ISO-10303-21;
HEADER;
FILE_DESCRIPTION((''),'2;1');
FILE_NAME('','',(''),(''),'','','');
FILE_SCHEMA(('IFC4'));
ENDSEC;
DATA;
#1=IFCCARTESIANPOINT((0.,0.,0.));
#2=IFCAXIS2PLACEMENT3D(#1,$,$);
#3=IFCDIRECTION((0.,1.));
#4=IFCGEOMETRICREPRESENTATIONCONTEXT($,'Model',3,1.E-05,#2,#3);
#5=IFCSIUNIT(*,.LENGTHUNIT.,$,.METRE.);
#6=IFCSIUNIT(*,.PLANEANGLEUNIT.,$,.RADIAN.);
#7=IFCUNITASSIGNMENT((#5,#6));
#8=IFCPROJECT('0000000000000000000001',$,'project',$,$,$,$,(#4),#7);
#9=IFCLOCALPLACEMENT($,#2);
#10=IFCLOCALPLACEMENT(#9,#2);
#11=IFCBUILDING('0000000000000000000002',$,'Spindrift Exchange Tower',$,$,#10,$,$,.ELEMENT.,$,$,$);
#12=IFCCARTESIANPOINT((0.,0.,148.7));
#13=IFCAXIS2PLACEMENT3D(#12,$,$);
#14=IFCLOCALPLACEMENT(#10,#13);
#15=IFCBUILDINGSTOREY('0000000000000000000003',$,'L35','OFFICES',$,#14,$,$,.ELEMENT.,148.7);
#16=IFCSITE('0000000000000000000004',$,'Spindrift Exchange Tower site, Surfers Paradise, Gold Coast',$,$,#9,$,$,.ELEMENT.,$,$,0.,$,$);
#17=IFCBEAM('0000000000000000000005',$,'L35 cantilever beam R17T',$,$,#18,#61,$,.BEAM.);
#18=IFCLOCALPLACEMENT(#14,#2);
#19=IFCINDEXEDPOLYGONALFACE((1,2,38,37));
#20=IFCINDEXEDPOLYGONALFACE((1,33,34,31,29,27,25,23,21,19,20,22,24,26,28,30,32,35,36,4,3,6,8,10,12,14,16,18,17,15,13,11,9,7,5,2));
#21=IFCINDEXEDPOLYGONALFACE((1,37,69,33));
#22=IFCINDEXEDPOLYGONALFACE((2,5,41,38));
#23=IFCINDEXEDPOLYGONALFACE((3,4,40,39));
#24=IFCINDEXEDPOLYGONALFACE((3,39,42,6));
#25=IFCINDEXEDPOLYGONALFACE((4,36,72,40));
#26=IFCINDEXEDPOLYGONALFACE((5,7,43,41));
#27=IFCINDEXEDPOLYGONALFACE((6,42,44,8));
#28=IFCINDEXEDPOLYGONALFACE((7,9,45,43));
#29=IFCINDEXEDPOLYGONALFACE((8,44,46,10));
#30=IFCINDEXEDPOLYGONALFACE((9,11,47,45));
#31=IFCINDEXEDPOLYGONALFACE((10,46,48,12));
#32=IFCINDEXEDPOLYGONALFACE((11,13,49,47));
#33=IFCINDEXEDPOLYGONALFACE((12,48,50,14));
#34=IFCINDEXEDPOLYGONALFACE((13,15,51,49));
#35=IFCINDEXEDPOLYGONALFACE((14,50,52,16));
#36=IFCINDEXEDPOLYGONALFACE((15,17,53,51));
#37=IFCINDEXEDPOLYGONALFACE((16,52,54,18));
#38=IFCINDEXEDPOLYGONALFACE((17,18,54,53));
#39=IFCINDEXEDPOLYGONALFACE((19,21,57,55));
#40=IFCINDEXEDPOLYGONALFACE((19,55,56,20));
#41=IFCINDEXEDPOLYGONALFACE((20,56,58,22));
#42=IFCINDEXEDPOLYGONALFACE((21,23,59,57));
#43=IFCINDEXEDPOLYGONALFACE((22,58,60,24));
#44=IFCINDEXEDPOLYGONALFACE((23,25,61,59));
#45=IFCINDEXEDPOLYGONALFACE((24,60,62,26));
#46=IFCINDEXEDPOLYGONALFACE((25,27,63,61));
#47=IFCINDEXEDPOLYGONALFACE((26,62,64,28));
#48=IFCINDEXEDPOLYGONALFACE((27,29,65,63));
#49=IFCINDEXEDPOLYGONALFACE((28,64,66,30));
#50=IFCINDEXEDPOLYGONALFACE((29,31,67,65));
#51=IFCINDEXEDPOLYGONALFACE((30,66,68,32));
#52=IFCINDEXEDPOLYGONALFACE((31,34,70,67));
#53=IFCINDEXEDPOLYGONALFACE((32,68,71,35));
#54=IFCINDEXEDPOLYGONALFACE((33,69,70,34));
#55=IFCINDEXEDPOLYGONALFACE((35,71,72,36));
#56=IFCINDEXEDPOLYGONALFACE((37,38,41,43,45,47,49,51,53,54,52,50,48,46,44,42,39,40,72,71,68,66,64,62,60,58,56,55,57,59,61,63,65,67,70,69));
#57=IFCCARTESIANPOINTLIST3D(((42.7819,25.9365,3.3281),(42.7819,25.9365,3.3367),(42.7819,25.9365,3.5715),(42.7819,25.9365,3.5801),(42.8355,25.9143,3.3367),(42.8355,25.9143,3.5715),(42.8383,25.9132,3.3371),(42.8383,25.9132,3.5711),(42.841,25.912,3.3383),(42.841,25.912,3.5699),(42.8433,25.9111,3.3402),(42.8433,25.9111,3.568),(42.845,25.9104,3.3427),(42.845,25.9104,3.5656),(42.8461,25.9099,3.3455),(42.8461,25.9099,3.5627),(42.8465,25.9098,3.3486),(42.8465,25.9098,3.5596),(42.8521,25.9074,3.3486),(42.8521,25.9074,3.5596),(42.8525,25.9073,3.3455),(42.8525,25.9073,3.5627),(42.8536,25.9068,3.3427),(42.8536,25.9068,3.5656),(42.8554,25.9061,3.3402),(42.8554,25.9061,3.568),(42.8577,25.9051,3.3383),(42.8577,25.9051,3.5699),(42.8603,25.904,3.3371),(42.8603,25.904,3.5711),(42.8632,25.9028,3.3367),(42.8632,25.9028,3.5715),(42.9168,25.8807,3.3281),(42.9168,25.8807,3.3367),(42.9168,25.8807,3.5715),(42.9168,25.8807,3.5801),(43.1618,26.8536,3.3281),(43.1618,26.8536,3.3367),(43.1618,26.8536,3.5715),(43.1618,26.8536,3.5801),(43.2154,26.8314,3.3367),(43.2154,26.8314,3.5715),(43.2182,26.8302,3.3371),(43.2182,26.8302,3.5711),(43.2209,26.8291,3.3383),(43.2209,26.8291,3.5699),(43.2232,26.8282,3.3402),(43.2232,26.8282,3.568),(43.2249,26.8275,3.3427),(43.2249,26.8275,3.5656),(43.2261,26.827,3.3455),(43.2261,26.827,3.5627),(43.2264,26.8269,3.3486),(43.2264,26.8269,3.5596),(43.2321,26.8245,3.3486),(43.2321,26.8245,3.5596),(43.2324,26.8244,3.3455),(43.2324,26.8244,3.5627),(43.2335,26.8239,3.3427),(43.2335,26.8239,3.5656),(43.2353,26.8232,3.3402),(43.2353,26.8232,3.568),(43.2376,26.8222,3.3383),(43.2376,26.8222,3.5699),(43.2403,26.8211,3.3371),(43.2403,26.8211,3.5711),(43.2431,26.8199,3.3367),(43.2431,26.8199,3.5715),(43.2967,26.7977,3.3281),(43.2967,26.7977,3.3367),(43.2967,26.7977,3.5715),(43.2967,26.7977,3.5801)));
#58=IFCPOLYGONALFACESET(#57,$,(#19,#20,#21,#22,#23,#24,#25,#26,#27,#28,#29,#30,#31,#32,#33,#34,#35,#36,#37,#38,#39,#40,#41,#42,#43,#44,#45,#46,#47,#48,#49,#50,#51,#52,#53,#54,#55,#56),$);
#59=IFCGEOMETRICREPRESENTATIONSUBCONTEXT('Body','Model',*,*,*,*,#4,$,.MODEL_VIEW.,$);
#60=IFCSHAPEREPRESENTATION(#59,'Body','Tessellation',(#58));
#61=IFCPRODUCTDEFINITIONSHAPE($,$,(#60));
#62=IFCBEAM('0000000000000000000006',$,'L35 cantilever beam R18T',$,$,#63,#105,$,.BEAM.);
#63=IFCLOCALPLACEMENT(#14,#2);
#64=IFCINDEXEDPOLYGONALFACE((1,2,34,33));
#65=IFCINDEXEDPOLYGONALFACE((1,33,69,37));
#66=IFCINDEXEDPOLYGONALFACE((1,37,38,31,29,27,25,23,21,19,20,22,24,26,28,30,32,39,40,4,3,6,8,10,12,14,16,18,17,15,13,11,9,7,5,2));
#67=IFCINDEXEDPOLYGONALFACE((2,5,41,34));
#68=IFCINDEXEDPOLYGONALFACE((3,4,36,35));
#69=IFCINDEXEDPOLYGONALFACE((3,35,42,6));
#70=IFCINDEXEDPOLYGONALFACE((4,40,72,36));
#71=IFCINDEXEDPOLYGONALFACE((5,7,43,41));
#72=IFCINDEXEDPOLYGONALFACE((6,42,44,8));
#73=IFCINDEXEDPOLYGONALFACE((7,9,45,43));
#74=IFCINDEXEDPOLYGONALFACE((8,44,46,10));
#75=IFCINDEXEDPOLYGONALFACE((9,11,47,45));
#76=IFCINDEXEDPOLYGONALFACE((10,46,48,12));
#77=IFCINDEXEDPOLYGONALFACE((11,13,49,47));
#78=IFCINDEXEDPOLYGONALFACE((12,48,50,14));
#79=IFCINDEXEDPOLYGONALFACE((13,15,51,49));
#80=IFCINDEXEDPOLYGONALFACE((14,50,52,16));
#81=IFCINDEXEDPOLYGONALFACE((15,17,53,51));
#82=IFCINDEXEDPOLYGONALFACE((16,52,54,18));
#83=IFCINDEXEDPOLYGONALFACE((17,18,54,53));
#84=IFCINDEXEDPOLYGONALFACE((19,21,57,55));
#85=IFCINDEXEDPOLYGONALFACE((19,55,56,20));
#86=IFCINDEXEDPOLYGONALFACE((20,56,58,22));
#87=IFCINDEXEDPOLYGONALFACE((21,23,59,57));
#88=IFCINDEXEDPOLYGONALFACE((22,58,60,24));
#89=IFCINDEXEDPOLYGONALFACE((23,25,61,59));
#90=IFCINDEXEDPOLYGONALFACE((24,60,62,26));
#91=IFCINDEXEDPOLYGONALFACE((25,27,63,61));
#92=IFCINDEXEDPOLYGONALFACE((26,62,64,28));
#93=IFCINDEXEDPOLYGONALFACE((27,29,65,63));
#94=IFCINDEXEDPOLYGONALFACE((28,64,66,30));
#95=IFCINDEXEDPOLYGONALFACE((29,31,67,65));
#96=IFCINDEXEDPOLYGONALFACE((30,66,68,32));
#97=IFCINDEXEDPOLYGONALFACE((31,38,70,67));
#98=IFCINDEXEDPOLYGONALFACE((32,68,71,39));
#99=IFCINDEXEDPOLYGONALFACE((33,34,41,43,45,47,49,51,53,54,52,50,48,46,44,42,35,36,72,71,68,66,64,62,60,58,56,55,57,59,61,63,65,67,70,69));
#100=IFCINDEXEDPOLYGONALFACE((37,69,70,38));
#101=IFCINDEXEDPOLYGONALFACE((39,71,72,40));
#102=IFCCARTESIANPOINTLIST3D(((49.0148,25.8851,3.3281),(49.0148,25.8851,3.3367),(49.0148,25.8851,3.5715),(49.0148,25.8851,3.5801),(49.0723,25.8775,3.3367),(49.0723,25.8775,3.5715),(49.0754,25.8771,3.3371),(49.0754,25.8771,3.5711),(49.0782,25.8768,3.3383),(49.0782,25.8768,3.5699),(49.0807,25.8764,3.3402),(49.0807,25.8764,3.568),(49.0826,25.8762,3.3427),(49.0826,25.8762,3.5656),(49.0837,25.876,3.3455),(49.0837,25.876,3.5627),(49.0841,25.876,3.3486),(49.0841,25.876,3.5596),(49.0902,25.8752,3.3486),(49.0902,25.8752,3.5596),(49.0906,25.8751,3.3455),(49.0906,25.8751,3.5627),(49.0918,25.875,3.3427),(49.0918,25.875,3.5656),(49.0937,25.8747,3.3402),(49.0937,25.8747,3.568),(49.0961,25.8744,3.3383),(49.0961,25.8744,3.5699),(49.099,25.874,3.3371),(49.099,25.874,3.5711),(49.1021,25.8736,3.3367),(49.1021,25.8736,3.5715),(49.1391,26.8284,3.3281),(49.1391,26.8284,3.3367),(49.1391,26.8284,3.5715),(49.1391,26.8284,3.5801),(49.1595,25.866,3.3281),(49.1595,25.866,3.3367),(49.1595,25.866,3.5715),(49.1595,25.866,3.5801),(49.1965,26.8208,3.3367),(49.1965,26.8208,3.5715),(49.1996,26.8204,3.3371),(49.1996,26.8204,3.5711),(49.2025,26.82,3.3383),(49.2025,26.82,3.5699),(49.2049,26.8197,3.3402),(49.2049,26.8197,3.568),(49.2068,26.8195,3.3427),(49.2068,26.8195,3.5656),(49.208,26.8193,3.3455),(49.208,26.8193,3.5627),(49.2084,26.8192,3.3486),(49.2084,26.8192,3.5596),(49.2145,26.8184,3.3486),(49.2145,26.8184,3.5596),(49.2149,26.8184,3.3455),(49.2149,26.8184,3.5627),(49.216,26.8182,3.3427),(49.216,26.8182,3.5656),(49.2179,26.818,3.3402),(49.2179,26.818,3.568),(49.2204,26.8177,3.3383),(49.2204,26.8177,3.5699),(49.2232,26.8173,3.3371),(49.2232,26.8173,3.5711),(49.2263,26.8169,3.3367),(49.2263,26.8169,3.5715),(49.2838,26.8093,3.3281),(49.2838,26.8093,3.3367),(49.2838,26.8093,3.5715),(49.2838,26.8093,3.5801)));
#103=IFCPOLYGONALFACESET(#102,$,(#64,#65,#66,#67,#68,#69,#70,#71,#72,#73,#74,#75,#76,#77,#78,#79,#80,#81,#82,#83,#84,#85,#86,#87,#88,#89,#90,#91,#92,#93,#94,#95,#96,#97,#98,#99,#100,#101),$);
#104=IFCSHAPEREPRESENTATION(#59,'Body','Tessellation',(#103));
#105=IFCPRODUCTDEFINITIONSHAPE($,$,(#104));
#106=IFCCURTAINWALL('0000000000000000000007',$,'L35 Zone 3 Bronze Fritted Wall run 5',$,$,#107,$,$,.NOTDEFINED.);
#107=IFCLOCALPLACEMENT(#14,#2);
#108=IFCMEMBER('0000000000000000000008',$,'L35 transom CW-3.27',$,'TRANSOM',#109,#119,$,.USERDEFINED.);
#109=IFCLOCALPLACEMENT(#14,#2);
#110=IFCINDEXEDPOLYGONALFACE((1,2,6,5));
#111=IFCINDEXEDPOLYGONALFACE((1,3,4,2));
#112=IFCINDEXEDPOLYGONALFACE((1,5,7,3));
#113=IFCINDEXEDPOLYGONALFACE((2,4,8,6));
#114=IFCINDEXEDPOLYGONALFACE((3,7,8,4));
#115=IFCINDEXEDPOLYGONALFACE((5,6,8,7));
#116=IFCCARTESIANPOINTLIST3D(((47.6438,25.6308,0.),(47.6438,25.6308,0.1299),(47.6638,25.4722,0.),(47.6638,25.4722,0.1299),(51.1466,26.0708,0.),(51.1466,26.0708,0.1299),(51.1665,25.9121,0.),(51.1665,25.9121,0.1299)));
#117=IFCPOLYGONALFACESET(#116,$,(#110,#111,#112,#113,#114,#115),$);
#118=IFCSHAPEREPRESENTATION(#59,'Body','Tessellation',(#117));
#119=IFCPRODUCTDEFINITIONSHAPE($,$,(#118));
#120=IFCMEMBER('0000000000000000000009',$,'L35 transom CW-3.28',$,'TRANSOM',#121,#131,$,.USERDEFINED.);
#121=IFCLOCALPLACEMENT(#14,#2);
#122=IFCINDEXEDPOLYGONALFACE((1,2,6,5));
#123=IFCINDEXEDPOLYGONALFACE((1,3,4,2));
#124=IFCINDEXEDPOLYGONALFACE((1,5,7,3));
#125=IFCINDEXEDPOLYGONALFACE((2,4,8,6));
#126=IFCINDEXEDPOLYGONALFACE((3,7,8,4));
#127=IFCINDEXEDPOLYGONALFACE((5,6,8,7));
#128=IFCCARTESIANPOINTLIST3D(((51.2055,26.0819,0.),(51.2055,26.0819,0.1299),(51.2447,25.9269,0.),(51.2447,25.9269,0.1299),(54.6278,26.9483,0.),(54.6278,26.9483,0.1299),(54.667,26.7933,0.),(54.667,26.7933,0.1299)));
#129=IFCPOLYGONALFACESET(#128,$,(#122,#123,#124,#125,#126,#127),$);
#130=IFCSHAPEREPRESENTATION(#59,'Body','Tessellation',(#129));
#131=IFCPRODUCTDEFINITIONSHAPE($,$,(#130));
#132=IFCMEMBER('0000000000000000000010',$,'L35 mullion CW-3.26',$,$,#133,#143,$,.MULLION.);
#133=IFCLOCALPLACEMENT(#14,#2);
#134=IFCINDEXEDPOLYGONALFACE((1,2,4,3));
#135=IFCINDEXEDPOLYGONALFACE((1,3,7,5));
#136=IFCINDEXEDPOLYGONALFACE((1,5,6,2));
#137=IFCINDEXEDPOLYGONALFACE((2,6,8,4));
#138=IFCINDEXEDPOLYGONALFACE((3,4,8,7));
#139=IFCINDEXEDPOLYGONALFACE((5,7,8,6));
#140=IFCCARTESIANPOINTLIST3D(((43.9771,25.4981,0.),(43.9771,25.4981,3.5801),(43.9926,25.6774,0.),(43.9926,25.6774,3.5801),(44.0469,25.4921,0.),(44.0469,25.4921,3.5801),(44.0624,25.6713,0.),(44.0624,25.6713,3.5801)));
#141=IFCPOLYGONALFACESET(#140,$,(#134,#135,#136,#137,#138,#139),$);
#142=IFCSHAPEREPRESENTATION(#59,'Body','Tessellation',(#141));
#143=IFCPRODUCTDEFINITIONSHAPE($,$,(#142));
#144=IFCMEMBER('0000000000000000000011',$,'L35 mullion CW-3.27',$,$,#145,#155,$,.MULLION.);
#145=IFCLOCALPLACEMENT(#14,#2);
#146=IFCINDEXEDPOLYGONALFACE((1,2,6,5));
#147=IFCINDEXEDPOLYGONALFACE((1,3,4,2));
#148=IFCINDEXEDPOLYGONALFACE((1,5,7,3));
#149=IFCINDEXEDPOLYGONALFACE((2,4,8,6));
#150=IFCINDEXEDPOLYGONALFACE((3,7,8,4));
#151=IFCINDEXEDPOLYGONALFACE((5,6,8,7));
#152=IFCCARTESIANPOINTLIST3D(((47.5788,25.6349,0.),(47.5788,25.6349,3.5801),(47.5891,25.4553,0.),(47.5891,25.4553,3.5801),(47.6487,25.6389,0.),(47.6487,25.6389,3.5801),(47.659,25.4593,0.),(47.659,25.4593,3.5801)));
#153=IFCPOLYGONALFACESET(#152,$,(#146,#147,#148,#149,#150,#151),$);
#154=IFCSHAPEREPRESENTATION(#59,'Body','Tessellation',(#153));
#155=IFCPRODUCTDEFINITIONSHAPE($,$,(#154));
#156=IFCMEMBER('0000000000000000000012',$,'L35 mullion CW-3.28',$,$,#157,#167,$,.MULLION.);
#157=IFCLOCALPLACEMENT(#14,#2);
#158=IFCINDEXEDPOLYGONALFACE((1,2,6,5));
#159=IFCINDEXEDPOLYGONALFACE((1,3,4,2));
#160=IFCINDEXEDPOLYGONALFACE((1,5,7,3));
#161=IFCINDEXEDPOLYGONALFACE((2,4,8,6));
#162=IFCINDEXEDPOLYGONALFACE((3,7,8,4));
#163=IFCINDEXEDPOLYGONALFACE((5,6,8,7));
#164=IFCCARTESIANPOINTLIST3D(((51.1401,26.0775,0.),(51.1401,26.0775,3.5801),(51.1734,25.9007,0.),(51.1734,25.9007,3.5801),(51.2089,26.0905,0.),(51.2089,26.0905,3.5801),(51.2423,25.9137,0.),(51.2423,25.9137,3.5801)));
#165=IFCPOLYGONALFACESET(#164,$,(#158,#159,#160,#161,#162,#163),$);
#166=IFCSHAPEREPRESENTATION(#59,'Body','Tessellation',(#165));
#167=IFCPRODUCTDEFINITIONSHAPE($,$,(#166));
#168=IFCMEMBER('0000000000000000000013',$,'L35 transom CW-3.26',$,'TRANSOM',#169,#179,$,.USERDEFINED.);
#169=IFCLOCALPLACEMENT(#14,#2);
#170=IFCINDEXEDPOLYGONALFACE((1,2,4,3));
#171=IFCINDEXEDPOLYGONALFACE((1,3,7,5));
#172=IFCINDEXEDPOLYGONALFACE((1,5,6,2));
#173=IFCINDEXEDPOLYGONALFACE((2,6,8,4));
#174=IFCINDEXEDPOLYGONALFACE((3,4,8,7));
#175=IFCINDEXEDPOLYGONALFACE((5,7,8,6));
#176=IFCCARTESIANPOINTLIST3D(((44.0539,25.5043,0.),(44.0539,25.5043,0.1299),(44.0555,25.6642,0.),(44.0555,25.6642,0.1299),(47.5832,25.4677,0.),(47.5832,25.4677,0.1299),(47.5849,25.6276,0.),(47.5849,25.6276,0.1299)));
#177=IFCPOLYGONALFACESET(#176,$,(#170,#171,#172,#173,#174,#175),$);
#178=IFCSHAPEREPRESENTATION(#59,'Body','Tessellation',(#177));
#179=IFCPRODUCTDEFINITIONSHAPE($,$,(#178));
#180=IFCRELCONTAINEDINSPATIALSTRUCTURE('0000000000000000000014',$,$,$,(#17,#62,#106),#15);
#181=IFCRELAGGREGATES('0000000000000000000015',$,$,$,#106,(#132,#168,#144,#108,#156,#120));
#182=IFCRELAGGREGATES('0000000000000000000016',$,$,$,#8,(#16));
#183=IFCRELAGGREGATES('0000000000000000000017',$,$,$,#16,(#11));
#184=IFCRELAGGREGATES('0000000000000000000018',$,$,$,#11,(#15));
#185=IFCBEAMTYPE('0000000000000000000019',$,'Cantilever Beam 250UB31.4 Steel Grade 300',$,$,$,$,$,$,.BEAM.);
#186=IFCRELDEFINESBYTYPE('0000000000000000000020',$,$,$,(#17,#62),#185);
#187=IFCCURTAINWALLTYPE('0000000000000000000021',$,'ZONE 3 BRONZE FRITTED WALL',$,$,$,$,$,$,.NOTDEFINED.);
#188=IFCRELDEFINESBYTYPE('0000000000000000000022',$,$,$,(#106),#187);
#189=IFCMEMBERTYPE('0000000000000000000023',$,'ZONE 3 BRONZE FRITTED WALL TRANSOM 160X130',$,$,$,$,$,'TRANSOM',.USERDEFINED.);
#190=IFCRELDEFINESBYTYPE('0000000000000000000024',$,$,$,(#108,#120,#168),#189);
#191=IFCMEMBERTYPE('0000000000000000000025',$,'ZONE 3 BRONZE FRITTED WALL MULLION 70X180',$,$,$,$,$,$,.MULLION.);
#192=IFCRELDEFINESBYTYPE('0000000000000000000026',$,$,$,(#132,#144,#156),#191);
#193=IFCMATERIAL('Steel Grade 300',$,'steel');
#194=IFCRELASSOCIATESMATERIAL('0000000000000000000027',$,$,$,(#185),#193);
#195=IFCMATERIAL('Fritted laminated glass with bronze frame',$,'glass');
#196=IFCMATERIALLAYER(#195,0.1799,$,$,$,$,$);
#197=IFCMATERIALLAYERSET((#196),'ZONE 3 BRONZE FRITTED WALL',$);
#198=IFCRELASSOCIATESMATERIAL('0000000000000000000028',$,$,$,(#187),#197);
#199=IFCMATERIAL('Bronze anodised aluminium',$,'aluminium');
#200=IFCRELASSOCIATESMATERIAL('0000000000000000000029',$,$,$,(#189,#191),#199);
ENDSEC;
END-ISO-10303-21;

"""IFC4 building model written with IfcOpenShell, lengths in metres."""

from ifc_helpers import new_model, si_unit, direction, frame, origin, origin_2d, place, context, subcontext, project, spatial, rectangle, i_section, extrude, source, transform, mapped, material, layer, layer_set, material_profile, profile_set, type_object, element, aggregate, save


model = new_model("IFC4")

# Units and contexts
model_context = context("Model", 3, precision=1e-05, world=origin(), true_north=direction((0.0, 1.0)))
body_context = subcontext(model_context, "Body", "Model", "MODEL_VIEW")
ifc_project = project(units=[si_unit("LENGTHUNIT", "METRE"), si_unit("PLANEANGLEUNIT", "RADIAN")], contexts=[model_context])

# Site, building, storey
site_placement = place(None, origin())
site = spatial("IfcSite", under=ifc_project, at=site_placement, Name="Spindrift Exchange Tower site, Surfers Paradise, Gold Coast", CompositionType="ELEMENT", RefElevation=0.0)
building_placement = place(site_placement, origin())
building = spatial("IfcBuilding", under=site, at=building_placement, Name="Spindrift Exchange Tower", CompositionType="ELEMENT")
storey_placement = place(building_placement, frame((0.0, 0.0, 148.7)))
storey = spatial("IfcBuildingStorey", under=building, at=storey_placement, Name="L35", Description="OFFICES", CompositionType="ELEMENT", Elevation=148.7)

# Beams
ifc_material_1 = material(Name="Steel Grade 300", Category="steel")
ifc_material_profile_1 = material_profile(ifc_material_1, i_section(OverallWidth=0.146, OverallDepth=0.252, WebThickness=0.0061, FlangeThickness=0.0085, FilletRadius=0.012, at=origin_2d()), Name="250UB31.4")
ifc_profile_set_1 = profile_set([ifc_material_profile_1], Name="Steel Grade 300")
beam_type_1 = type_object("IfcBeamType", Name="Cantilever Beam 250UB31.4 Steel Grade 300", PredefinedType="BEAM", material=ifc_profile_set_1)
shared_shape_1 = source(origin(), body_context, "Body", "SweptSolid", [
    extrude(i_section(OverallWidth=0.146, OverallDepth=0.252, WebThickness=0.0061, FlangeThickness=0.0085, FilletRadius=0.012, at=origin_2d()), origin(), (0.0, 0.0, 1.0), 0.9927),
])
beam_1_placement = place(storey_placement, frame((43.2292, 26.8257, 3.4541), z_axis=(-0.382728, -0.923861, 0.0), x_axis=(0.923861, -0.382728, 0.0)))
element("IfcBeam", 1, at=beam_1_placement, inside=storey, type_object=beam_type_1, Name="L35 cantilever beam R17T", PredefinedType="BEAM", context=body_context, shape_type="MappedRepresentation", body=[
    mapped(shared_shape_1, transform((0.0, 0.0, 0.0), scale=1.0)),
])
shared_shape_2 = source(origin(), body_context, "Body", "SweptSolid", [
    extrude(i_section(OverallWidth=0.146, OverallDepth=0.252, WebThickness=0.0061, FlangeThickness=0.0085, FilletRadius=0.012, at=origin_2d()), origin(), (0.0, 0.0, 1.0), 0.9514),
])
beam_2_placement = place(storey_placement, frame((49.2114, 26.8188, 3.4541), z_axis=(-0.130601, -0.991435, 0.0), x_axis=(0.991435, -0.130601, 0.0)))
element("IfcBeam", 2, at=beam_2_placement, inside=storey, type_object=beam_type_1, Name="L35 cantilever beam R18T", PredefinedType="BEAM", context=body_context, shape_type="MappedRepresentation", body=[
    mapped(shared_shape_2, transform((0.0, 0.0, 0.0), scale=1.0)),
])

# Curtain wall, members
ifc_material_2 = material(Name="Fritted laminated glass with bronze frame", Category="glass")
ifc_layer_1 = layer(ifc_material_2, 0.1799)
ifc_layer_set_1 = layer_set([ifc_layer_1], Name="ZONE 3 BRONZE FRITTED WALL")
curtain_wall_type = type_object("IfcCurtainWallType", Name="ZONE 3 BRONZE FRITTED WALL", PredefinedType="NOTDEFINED", material=ifc_layer_set_1)
curtain_wall_placement = place(storey_placement, origin())
curtain_wall = element("IfcCurtainWall", 3, at=curtain_wall_placement, inside=storey, type_object=curtain_wall_type, Name="L35 Zone 3 Bronze Fritted Wall run 5", PredefinedType="NOTDEFINED")
ifc_material_3 = material(Name="Bronze anodised aluminium", Category="aluminium")
ifc_material_profile_2 = material_profile(ifc_material_3, rectangle(XDim=0.1599, YDim=0.1299, at=origin_2d()), Name="ZONE 3 BRONZE FRITTED WALL TRANSOM 160X130")
ifc_profile_set_2 = profile_set([ifc_material_profile_2], Name="Bronze anodised aluminium")
member_type_1 = type_object("IfcMemberType", Name="ZONE 3 BRONZE FRITTED WALL TRANSOM 160X130", ElementType="TRANSOM", PredefinedType="USERDEFINED", material=ifc_profile_set_2)
shared_shape_3 = source(origin(), body_context, "Body", "SweptSolid", [
    extrude(rectangle(XDim=0.1599, YDim=0.1299, at=origin_2d()), origin(), (0.0, 0.0, 1.0), 3.5303),
])
member_1_placement = place(storey_placement, frame((47.6538, 25.5515, 0.0649), z_axis=(0.992204, 0.124622, 0.0), x_axis=(-0.124622, 0.992204, 0.0)))
member_1 = element("IfcMember", 4, at=member_1_placement, type_object=member_type_1, Name="L35 transom CW-3.27", ObjectType="TRANSOM", PredefinedType="USERDEFINED", context=body_context, shape_type="MappedRepresentation", body=[
    mapped(shared_shape_3, transform((0.0, 0.0, 0.0), scale=1.0)),
])
member_2_placement = place(storey_placement, frame((51.2251, 26.0044, 0.0649), z_axis=(0.969414, 0.245431, 0.0), x_axis=(-0.245431, 0.969414, 0.0)))
member_2 = element("IfcMember", 5, at=member_2_placement, type_object=member_type_1, Name="L35 transom CW-3.28", ObjectType="TRANSOM", PredefinedType="USERDEFINED", context=body_context, shape_type="MappedRepresentation", body=[
    mapped(shared_shape_3, transform((0.0, 0.0, 0.0), scale=1.0)),
])
ifc_material_profile_3 = material_profile(ifc_material_3, rectangle(XDim=0.0701, YDim=0.1799, at=origin_2d()), Name="ZONE 3 BRONZE FRITTED WALL MULLION 70X180")
ifc_profile_set_3 = profile_set([ifc_material_profile_3], Name="Bronze anodised aluminium")
member_type_2 = type_object("IfcMemberType", Name="ZONE 3 BRONZE FRITTED WALL MULLION 70X180", PredefinedType="MULLION", material=ifc_profile_set_3)
shared_shape_4 = source(origin(), body_context, "Body", "SweptSolid", [
    extrude(rectangle(XDim=0.0701, YDim=0.1799, at=origin_2d()), origin(), (0.0, 0.0, 1.0), 3.5801),
])
member_3_placement = place(storey_placement, frame((44.0198, 25.5847, 0.0), z_axis=(0.0, 0.0, 1.0), x_axis=(0.996294, -0.086014, 0.0)))
member_3 = element("IfcMember", 6, at=member_3_placement, type_object=member_type_2, Name="L35 mullion CW-3.26", PredefinedType="MULLION", context=body_context, shape_type="MappedRepresentation", body=[
    mapped(shared_shape_4, transform((0.0, 0.0, 0.0), scale=1.0)),
])
member_4_placement = place(storey_placement, frame((47.6189, 25.5471, 0.0), z_axis=(0.0, 0.0, 1.0), x_axis=(0.998362, 0.057211, 0.0)))
member_4 = element("IfcMember", 7, at=member_4_placement, type_object=member_type_2, Name="L35 mullion CW-3.27", PredefinedType="MULLION", context=body_context, shape_type="MappedRepresentation", body=[
    mapped(shared_shape_4, transform((0.0, 0.0, 0.0), scale=1.0)),
])
member_5_placement = place(storey_placement, frame((51.1912, 25.9956, 0.0), z_axis=(0.0, 0.0, 1.0), x_axis=(0.982668, 0.185375, 0.0)))
member_5 = element("IfcMember", 8, at=member_5_placement, type_object=member_type_2, Name="L35 mullion CW-3.28", PredefinedType="MULLION", context=body_context, shape_type="MappedRepresentation", body=[
    mapped(shared_shape_4, transform((0.0, 0.0, 0.0), scale=1.0)),
])
shared_shape_5 = source(origin(), body_context, "Body", "SweptSolid", [
    extrude(rectangle(XDim=0.1599, YDim=0.1299, at=origin_2d()), origin(), (0.0, 0.0, 1.0), 3.5295),
])
member_6_placement = place(storey_placement, frame((44.0547, 25.5842, 0.0649), z_axis=(0.999946, -0.010376, 0.0), x_axis=(0.010376, 0.999946, 0.0)))
member_6 = element("IfcMember", 9, at=member_6_placement, type_object=member_type_1, Name="L35 transom CW-3.26", ObjectType="TRANSOM", PredefinedType="USERDEFINED", context=body_context, shape_type="MappedRepresentation", body=[
    mapped(shared_shape_5, transform((0.0, 0.0, 0.0), scale=1.0)),
])
aggregate(curtain_wall, [member_3, member_6, member_4, member_1, member_5, member_2])

save(model, "model.ifc")
